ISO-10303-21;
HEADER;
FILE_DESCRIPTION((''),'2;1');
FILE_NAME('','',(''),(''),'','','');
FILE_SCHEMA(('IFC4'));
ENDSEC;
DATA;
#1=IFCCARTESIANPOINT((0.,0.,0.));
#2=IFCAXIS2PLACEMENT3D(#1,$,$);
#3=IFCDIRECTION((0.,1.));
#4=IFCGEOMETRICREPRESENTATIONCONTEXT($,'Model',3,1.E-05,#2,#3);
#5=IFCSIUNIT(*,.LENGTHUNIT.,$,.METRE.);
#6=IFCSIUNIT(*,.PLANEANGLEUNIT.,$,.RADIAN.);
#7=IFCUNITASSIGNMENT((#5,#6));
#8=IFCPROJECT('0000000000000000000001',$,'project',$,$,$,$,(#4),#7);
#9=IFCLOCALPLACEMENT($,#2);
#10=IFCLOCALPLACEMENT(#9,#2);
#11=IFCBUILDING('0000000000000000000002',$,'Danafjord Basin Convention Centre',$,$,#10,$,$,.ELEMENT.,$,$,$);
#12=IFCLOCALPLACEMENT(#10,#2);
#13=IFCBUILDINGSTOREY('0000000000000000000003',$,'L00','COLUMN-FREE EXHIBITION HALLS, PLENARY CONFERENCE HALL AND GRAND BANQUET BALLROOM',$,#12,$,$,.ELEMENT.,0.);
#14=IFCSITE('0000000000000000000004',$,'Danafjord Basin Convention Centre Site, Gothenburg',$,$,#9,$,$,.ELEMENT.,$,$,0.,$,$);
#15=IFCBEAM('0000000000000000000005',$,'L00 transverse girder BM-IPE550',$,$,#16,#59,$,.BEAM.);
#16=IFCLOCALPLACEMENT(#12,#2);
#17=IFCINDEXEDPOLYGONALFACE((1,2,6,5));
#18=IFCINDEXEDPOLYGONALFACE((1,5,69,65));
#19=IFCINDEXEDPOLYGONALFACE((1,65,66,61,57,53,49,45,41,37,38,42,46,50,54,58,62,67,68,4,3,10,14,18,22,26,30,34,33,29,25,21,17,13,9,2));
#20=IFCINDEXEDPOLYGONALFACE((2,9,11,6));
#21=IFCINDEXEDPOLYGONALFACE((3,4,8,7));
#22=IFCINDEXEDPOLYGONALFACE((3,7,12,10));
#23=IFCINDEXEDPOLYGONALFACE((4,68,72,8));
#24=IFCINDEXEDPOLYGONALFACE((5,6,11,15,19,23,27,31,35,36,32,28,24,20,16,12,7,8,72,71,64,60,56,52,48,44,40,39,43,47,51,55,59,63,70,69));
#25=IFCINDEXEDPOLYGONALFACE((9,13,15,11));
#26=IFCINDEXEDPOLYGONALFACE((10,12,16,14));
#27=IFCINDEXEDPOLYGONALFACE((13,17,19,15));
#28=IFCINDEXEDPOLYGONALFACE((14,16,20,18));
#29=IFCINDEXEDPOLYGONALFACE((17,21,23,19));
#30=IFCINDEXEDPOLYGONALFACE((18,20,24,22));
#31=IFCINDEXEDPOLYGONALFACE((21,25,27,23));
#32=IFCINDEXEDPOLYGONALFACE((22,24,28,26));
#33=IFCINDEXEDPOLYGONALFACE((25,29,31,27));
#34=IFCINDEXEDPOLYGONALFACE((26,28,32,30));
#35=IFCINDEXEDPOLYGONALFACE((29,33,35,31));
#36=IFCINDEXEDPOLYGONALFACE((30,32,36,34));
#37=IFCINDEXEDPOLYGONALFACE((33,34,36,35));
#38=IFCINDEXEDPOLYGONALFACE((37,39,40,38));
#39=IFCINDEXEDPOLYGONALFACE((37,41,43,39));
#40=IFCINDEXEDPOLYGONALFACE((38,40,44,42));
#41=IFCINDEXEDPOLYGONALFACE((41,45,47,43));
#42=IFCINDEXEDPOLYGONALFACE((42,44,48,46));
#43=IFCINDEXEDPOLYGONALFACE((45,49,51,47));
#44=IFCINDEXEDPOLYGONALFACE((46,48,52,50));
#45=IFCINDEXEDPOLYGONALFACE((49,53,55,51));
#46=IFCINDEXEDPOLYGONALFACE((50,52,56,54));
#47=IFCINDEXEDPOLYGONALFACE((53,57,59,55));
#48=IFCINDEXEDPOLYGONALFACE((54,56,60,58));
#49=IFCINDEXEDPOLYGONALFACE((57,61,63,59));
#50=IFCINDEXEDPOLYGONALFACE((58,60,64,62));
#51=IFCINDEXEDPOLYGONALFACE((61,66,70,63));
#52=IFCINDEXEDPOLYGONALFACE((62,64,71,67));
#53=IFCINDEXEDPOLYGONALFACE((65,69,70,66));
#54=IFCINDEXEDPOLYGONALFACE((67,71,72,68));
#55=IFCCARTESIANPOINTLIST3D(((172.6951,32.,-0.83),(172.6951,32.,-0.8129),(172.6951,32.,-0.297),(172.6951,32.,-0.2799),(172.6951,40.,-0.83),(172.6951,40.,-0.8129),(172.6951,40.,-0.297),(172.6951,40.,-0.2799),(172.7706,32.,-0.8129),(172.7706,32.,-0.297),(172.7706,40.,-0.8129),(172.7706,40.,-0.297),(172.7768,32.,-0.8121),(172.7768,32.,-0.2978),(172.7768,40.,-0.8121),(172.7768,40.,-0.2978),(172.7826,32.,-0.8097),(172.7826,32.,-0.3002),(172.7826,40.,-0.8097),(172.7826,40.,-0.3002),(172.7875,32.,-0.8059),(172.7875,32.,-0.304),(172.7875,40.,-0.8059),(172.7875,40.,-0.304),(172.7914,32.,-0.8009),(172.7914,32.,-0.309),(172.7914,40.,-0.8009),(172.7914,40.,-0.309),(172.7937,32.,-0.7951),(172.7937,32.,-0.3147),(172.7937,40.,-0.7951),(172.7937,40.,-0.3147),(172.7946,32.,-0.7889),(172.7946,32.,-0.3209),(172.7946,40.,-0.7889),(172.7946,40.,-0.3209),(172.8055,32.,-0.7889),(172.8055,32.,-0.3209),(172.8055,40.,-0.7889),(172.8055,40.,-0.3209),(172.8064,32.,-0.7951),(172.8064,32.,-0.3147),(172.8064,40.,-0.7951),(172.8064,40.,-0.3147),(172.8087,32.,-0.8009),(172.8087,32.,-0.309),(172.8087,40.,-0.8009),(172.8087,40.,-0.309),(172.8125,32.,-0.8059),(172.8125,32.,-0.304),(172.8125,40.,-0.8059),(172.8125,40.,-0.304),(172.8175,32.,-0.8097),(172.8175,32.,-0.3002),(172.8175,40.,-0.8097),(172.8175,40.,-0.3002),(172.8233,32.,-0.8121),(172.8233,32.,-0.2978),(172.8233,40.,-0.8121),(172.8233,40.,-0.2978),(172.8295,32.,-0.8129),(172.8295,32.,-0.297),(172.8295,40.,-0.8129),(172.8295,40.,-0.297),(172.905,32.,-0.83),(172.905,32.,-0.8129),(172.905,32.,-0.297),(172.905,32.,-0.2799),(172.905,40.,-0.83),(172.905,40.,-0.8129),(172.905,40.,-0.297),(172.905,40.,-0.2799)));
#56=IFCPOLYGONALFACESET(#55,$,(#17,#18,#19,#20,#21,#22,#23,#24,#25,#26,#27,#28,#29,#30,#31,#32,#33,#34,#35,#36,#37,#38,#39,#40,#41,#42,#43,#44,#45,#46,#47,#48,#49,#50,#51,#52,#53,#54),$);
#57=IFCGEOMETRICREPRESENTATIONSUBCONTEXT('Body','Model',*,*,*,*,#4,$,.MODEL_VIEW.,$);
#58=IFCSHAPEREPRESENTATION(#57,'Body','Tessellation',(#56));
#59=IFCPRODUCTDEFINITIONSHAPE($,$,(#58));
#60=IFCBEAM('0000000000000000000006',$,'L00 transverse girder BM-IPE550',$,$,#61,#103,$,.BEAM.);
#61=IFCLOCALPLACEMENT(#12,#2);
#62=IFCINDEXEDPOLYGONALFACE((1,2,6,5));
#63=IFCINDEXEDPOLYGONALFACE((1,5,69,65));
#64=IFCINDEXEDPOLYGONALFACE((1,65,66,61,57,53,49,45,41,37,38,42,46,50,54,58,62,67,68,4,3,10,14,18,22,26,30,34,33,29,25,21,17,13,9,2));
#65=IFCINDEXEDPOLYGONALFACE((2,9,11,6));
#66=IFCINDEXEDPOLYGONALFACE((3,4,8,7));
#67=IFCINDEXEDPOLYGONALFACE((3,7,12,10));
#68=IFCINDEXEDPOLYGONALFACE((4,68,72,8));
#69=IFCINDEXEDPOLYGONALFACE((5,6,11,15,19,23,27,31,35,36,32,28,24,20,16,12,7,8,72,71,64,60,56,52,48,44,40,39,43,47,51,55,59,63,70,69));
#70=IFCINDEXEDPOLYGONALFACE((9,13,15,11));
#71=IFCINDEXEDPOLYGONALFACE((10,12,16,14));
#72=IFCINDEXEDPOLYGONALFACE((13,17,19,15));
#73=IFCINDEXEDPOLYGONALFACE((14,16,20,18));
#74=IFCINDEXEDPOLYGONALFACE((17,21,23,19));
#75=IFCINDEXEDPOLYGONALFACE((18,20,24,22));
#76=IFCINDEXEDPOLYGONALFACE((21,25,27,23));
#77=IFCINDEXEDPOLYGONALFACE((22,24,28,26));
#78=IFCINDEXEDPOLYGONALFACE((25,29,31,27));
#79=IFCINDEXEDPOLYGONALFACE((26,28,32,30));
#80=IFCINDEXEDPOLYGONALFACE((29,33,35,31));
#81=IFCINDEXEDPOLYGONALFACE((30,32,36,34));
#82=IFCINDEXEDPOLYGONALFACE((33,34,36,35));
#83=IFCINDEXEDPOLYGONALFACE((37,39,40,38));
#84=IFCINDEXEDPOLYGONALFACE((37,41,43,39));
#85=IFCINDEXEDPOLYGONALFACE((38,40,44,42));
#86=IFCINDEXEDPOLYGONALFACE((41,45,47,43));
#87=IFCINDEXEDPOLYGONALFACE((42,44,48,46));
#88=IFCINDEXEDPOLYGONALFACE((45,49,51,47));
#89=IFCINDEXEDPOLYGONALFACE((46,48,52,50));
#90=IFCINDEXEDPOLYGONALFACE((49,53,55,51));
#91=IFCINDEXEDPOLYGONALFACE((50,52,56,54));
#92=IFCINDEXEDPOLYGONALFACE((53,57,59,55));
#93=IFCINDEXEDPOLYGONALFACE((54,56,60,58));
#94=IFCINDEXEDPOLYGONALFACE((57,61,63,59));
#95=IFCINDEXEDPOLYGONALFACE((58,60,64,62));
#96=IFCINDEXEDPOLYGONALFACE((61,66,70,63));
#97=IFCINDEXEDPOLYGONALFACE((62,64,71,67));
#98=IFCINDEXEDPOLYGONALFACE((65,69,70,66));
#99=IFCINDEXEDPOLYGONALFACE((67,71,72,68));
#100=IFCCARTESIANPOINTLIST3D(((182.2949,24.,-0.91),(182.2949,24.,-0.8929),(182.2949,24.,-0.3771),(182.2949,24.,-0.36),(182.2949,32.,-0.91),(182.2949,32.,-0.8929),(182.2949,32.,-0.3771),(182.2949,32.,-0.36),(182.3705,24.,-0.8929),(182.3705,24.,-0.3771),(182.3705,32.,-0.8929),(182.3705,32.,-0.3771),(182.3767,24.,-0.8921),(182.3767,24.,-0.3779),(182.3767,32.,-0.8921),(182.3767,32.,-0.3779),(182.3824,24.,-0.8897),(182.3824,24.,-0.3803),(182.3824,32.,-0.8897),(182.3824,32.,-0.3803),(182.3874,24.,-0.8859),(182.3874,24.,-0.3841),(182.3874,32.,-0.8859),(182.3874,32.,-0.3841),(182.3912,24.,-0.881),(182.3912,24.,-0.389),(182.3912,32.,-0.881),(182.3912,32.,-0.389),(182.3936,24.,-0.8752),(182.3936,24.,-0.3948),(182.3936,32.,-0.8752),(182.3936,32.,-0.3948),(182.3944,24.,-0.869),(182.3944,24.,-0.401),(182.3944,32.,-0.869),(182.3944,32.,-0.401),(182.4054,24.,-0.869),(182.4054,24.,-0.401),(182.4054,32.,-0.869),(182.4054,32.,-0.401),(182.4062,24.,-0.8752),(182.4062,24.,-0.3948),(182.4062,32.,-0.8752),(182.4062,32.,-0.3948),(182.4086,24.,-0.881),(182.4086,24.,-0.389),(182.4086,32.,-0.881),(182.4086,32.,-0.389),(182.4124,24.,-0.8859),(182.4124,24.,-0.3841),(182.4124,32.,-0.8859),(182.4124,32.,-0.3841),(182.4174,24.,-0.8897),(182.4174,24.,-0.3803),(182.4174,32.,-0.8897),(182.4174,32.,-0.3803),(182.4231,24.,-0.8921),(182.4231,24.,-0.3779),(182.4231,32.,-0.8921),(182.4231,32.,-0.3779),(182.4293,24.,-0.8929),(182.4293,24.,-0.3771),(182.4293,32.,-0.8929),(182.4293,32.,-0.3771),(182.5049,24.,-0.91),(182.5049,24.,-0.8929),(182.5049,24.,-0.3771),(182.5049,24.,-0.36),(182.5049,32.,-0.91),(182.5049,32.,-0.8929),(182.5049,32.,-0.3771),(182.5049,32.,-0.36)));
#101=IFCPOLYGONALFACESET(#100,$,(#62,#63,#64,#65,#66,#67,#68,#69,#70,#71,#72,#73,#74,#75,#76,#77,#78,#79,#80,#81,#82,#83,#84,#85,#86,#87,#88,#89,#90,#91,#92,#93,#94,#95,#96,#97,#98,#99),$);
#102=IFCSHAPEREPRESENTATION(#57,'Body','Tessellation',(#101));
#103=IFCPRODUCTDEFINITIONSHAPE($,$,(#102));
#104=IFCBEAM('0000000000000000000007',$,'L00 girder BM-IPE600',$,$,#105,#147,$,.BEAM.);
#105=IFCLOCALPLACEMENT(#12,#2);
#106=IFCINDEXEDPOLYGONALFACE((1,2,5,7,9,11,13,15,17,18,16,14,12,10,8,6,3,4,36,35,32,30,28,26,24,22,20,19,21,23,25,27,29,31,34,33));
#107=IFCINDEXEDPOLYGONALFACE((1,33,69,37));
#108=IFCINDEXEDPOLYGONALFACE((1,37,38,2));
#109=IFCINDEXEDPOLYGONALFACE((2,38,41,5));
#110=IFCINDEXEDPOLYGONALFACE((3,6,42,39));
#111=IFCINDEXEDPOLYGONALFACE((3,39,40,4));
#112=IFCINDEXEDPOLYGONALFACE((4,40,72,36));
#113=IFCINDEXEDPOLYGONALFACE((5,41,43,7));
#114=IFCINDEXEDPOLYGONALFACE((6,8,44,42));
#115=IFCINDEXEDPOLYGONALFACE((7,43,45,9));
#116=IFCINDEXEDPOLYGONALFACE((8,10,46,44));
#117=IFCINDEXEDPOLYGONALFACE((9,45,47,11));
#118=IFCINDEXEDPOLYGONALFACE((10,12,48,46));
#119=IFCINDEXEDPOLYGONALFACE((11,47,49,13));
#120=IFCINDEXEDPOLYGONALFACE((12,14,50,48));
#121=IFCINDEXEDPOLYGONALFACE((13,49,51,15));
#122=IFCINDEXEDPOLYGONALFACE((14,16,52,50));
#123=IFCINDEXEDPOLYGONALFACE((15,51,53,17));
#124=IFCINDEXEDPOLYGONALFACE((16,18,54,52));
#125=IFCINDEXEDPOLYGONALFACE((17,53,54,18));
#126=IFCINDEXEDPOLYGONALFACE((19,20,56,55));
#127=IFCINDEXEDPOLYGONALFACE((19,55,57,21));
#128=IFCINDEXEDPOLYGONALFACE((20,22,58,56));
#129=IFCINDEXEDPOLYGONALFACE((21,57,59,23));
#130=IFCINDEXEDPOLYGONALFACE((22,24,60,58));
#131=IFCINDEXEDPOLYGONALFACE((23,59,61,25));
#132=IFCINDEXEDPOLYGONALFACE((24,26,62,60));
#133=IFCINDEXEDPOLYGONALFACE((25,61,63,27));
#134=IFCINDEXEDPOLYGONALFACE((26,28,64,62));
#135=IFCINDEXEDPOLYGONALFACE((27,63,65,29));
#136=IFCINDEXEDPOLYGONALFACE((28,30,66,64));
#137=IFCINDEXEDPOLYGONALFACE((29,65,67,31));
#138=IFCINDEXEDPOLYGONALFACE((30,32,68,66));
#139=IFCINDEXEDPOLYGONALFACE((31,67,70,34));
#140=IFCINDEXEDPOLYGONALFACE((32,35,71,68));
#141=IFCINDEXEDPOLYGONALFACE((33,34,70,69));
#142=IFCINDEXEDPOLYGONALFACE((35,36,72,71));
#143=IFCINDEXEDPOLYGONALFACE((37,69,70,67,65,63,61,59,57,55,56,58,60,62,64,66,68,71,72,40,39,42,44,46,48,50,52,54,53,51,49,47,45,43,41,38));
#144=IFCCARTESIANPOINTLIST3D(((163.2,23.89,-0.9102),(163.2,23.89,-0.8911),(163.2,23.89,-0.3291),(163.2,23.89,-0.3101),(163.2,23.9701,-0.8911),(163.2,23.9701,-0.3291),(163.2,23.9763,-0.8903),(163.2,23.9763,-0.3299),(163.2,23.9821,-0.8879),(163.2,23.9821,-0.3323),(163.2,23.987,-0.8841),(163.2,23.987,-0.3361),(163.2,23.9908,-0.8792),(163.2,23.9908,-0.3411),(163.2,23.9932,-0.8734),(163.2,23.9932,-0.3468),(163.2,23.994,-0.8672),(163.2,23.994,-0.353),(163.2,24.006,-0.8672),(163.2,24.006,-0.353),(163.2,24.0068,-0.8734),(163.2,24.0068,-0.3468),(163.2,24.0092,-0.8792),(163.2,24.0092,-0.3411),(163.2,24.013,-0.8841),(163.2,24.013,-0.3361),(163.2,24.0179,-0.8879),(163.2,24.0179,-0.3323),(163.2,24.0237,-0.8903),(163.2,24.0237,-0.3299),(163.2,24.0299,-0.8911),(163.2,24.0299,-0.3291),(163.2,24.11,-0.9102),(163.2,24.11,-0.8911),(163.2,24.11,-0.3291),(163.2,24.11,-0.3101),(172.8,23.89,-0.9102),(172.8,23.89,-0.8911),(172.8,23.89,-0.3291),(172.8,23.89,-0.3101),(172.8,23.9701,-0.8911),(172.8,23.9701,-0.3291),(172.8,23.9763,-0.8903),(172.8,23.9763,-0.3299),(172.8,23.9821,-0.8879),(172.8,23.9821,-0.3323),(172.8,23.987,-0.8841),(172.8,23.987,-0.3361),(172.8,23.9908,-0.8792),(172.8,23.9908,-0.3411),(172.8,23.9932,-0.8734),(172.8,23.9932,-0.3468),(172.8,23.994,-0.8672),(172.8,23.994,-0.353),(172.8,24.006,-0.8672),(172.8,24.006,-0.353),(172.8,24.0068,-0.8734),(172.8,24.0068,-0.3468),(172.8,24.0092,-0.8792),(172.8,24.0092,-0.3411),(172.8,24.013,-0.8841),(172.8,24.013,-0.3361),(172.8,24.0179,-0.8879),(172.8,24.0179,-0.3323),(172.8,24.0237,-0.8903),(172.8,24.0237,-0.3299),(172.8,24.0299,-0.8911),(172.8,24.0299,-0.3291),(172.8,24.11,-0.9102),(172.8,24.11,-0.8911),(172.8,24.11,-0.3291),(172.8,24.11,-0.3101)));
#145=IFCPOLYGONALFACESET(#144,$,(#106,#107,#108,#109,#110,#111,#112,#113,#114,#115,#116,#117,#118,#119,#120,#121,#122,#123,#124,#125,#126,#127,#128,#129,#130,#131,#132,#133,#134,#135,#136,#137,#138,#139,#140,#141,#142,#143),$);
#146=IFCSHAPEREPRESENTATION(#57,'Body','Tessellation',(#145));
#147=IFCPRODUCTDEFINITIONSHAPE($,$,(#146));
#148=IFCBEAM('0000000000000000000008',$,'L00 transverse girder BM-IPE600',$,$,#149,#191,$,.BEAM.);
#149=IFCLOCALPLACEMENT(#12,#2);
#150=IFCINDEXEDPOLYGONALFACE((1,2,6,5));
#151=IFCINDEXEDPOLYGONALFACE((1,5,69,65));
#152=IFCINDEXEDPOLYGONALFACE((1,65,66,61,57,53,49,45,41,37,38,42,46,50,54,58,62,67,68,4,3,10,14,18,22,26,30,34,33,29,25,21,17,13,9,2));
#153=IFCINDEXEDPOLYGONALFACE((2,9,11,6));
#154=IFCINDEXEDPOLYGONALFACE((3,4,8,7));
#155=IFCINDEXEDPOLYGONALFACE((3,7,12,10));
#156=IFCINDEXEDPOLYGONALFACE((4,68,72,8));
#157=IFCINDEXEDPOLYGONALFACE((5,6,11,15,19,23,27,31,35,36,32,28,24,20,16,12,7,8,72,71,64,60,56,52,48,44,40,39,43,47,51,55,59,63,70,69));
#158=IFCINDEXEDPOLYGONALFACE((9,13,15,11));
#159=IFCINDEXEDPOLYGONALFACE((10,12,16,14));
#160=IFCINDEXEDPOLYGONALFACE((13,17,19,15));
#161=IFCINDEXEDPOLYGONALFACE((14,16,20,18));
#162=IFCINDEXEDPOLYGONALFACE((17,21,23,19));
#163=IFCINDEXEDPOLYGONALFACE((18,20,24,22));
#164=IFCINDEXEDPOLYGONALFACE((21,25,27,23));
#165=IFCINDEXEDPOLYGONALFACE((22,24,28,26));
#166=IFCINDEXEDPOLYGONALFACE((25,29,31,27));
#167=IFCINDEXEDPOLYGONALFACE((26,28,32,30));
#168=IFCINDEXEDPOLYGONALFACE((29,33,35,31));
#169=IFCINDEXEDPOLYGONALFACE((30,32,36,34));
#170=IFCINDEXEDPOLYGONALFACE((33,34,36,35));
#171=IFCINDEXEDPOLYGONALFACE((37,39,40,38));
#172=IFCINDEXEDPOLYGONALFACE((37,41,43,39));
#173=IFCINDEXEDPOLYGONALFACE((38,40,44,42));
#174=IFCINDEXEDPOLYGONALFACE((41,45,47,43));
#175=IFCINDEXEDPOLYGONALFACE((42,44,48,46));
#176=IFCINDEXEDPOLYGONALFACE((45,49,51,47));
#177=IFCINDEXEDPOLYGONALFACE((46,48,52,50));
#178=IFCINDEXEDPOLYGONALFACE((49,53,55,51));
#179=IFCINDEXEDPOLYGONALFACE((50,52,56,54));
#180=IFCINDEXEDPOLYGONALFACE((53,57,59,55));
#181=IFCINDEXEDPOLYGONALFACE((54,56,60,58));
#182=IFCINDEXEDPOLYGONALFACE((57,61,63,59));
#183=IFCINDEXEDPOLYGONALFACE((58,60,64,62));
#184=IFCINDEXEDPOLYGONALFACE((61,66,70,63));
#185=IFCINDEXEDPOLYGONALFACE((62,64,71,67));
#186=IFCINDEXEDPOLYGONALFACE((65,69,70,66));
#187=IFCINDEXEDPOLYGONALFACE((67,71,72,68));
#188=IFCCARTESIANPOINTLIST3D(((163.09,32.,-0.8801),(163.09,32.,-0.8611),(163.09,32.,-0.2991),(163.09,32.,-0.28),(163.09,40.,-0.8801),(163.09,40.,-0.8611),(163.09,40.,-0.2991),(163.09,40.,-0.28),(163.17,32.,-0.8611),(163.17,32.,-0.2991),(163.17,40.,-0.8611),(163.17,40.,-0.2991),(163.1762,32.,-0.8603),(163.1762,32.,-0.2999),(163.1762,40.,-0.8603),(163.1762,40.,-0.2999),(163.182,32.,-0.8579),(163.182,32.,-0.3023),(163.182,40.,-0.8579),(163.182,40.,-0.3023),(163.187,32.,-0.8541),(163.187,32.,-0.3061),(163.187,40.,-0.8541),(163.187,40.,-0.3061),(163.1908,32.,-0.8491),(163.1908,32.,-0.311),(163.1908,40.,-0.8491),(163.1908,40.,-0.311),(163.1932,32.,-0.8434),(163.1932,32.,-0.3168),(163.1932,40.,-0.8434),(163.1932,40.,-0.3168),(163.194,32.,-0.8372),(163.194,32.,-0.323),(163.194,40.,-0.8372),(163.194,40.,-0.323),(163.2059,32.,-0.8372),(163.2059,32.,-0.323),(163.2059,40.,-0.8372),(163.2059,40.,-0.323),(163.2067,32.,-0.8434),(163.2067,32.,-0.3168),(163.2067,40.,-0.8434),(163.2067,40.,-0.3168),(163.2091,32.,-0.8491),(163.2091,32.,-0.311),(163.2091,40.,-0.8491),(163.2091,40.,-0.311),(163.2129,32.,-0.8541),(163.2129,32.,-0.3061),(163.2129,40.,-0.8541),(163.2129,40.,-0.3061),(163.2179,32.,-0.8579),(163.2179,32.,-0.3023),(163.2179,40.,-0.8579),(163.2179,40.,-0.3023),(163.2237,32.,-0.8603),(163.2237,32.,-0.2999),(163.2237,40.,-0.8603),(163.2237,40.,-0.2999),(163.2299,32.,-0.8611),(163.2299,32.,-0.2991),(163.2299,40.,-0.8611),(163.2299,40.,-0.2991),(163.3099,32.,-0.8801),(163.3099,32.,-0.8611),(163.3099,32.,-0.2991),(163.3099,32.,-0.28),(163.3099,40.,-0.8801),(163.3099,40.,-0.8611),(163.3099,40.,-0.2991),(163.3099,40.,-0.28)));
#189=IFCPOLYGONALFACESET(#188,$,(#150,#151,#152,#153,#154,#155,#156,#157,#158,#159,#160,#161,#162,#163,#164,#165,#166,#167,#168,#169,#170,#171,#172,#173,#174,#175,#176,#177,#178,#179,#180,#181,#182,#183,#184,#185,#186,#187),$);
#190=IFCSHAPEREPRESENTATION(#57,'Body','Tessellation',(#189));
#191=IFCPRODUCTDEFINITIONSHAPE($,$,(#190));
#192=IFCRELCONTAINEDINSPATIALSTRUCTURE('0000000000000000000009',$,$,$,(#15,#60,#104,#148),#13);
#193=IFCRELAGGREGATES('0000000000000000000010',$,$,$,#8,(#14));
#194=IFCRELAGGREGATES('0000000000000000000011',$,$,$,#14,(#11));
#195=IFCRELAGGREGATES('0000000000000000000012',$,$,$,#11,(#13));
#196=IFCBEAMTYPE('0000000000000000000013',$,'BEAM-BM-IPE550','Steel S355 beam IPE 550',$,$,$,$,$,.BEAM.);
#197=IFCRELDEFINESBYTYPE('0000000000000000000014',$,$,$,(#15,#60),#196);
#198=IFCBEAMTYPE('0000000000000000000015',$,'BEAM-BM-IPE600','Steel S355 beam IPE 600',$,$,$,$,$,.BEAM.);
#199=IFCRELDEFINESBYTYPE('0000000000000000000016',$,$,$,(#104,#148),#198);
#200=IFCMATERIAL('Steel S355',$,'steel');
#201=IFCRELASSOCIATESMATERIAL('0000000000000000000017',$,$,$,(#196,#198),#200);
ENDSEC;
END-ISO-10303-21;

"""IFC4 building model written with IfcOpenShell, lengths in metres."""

from ifc_helpers import new_model, si_unit, direction, frame, origin, origin_2d, place, context, subcontext, project, spatial, i_section, extrude, material, material_profile, profile_set, type_object, element, save


model = new_model("IFC4")

# Units and contexts
model_context = context("Model", 3, precision=1e-05, world=origin(), true_north=direction((0.0, 1.0)))
body_context = subcontext(model_context, "Body", "Model", "MODEL_VIEW")
ifc_project = project(units=[si_unit("LENGTHUNIT", "METRE"), si_unit("PLANEANGLEUNIT", "RADIAN")], contexts=[model_context])

# Site, building, storey
site_placement = place(None, origin())
site = spatial("IfcSite", under=ifc_project, at=site_placement, Name="Danafjord Basin Convention Centre Site, Gothenburg", CompositionType="ELEMENT", RefElevation=0.0)
building_placement = place(site_placement, origin())
building = spatial("IfcBuilding", under=site, at=building_placement, Name="Danafjord Basin Convention Centre", CompositionType="ELEMENT")
storey_placement = place(building_placement, origin())
storey = spatial("IfcBuildingStorey", under=building, at=storey_placement, Name="L00", Description="COLUMN-FREE EXHIBITION HALLS, PLENARY CONFERENCE HALL AND GRAND BANQUET BALLROOM", CompositionType="ELEMENT", Elevation=0.0)

# Shared definitions
ifc_material_1 = material(Name="Steel S355", Category="steel")

# Beams
ifc_material_profile_1 = material_profile(ifc_material_1, i_section(OverallWidth=0.21, OverallDepth=0.55, WebThickness=0.011, FlangeThickness=0.0171, FilletRadius=0.0239, at=origin_2d()), Name="IPE 550")
ifc_profile_set_1 = profile_set([ifc_material_profile_1], Name="Steel S355")
beam_type_1 = type_object("IfcBeamType", Name="BEAM-BM-IPE550", Description="Steel S355 beam IPE 550", PredefinedType="BEAM", material=ifc_profile_set_1)
for number, where, z_axis, x_axis, name in (
    (1, (172.8, 32.0, -0.5549), (0.0, 1.0, 0.0), (-1.0, 0.0, 0.0), "L00 transverse girder BM-IPE550"),
    (2, (182.3999, 24.0, -0.635), (0.0, 1.0, 0.0), (-1.0, 0.0, 0.0), "L00 transverse girder BM-IPE550"),
):
    element("IfcBeam", number, at=place(storey_placement, frame(where, z_axis=z_axis, x_axis=x_axis)), inside=storey, type_object=beam_type_1, Name=name, PredefinedType="BEAM", context=body_context, shape_type="SweptSolid", body=[
        extrude(i_section(OverallWidth=0.21, OverallDepth=0.55, WebThickness=0.011, FlangeThickness=0.0171, FilletRadius=0.0239, at=origin_2d()), origin(), (0.0, 0.0, 1.0), 8.0),
    ])
ifc_material_profile_2 = material_profile(ifc_material_1, i_section(OverallWidth=0.22, OverallDepth=0.6001, WebThickness=0.012, FlangeThickness=0.019, FilletRadius=0.0239, at=origin_2d()), Name="IPE 600")
ifc_profile_set_2 = profile_set([ifc_material_profile_2], Name="Steel S355")
beam_type_2 = type_object("IfcBeamType", Name="BEAM-BM-IPE600", Description="Steel S355 beam IPE 600", PredefinedType="BEAM", material=ifc_profile_set_2)
beam_1_placement = place(storey_placement, frame((163.2, 24.0, -0.6101), z_axis=(1.0, 0.0, 0.0), x_axis=(0.0, 1.0, 0.0)))
element("IfcBeam", 3, at=beam_1_placement, inside=storey, type_object=beam_type_2, Name="L00 girder BM-IPE600", PredefinedType="BEAM", context=body_context, shape_type="SweptSolid", body=[
    extrude(i_section(OverallWidth=0.22, OverallDepth=0.6001, WebThickness=0.012, FlangeThickness=0.019, FilletRadius=0.0239, at=origin_2d()), origin(), (0.0, 0.0, 1.0), 9.6001),
])
for number, where, z_axis, x_axis, name in (
    (4, (163.2, 32.0, -0.5801), (0.0, 1.0, 0.0), (-1.0, 0.0, 0.0), "L00 transverse girder BM-IPE600"),
):
    element("IfcBeam", number, at=place(storey_placement, frame(where, z_axis=z_axis, x_axis=x_axis)), inside=storey, type_object=beam_type_2, Name=name, PredefinedType="BEAM", context=body_context, shape_type="SweptSolid", body=[
        extrude(i_section(OverallWidth=0.22, OverallDepth=0.6001, WebThickness=0.012, FlangeThickness=0.019, FilletRadius=0.0239, at=origin_2d()), origin(), (0.0, 0.0, 1.0), 8.0),
    ])

save(model, "model.ifc")
